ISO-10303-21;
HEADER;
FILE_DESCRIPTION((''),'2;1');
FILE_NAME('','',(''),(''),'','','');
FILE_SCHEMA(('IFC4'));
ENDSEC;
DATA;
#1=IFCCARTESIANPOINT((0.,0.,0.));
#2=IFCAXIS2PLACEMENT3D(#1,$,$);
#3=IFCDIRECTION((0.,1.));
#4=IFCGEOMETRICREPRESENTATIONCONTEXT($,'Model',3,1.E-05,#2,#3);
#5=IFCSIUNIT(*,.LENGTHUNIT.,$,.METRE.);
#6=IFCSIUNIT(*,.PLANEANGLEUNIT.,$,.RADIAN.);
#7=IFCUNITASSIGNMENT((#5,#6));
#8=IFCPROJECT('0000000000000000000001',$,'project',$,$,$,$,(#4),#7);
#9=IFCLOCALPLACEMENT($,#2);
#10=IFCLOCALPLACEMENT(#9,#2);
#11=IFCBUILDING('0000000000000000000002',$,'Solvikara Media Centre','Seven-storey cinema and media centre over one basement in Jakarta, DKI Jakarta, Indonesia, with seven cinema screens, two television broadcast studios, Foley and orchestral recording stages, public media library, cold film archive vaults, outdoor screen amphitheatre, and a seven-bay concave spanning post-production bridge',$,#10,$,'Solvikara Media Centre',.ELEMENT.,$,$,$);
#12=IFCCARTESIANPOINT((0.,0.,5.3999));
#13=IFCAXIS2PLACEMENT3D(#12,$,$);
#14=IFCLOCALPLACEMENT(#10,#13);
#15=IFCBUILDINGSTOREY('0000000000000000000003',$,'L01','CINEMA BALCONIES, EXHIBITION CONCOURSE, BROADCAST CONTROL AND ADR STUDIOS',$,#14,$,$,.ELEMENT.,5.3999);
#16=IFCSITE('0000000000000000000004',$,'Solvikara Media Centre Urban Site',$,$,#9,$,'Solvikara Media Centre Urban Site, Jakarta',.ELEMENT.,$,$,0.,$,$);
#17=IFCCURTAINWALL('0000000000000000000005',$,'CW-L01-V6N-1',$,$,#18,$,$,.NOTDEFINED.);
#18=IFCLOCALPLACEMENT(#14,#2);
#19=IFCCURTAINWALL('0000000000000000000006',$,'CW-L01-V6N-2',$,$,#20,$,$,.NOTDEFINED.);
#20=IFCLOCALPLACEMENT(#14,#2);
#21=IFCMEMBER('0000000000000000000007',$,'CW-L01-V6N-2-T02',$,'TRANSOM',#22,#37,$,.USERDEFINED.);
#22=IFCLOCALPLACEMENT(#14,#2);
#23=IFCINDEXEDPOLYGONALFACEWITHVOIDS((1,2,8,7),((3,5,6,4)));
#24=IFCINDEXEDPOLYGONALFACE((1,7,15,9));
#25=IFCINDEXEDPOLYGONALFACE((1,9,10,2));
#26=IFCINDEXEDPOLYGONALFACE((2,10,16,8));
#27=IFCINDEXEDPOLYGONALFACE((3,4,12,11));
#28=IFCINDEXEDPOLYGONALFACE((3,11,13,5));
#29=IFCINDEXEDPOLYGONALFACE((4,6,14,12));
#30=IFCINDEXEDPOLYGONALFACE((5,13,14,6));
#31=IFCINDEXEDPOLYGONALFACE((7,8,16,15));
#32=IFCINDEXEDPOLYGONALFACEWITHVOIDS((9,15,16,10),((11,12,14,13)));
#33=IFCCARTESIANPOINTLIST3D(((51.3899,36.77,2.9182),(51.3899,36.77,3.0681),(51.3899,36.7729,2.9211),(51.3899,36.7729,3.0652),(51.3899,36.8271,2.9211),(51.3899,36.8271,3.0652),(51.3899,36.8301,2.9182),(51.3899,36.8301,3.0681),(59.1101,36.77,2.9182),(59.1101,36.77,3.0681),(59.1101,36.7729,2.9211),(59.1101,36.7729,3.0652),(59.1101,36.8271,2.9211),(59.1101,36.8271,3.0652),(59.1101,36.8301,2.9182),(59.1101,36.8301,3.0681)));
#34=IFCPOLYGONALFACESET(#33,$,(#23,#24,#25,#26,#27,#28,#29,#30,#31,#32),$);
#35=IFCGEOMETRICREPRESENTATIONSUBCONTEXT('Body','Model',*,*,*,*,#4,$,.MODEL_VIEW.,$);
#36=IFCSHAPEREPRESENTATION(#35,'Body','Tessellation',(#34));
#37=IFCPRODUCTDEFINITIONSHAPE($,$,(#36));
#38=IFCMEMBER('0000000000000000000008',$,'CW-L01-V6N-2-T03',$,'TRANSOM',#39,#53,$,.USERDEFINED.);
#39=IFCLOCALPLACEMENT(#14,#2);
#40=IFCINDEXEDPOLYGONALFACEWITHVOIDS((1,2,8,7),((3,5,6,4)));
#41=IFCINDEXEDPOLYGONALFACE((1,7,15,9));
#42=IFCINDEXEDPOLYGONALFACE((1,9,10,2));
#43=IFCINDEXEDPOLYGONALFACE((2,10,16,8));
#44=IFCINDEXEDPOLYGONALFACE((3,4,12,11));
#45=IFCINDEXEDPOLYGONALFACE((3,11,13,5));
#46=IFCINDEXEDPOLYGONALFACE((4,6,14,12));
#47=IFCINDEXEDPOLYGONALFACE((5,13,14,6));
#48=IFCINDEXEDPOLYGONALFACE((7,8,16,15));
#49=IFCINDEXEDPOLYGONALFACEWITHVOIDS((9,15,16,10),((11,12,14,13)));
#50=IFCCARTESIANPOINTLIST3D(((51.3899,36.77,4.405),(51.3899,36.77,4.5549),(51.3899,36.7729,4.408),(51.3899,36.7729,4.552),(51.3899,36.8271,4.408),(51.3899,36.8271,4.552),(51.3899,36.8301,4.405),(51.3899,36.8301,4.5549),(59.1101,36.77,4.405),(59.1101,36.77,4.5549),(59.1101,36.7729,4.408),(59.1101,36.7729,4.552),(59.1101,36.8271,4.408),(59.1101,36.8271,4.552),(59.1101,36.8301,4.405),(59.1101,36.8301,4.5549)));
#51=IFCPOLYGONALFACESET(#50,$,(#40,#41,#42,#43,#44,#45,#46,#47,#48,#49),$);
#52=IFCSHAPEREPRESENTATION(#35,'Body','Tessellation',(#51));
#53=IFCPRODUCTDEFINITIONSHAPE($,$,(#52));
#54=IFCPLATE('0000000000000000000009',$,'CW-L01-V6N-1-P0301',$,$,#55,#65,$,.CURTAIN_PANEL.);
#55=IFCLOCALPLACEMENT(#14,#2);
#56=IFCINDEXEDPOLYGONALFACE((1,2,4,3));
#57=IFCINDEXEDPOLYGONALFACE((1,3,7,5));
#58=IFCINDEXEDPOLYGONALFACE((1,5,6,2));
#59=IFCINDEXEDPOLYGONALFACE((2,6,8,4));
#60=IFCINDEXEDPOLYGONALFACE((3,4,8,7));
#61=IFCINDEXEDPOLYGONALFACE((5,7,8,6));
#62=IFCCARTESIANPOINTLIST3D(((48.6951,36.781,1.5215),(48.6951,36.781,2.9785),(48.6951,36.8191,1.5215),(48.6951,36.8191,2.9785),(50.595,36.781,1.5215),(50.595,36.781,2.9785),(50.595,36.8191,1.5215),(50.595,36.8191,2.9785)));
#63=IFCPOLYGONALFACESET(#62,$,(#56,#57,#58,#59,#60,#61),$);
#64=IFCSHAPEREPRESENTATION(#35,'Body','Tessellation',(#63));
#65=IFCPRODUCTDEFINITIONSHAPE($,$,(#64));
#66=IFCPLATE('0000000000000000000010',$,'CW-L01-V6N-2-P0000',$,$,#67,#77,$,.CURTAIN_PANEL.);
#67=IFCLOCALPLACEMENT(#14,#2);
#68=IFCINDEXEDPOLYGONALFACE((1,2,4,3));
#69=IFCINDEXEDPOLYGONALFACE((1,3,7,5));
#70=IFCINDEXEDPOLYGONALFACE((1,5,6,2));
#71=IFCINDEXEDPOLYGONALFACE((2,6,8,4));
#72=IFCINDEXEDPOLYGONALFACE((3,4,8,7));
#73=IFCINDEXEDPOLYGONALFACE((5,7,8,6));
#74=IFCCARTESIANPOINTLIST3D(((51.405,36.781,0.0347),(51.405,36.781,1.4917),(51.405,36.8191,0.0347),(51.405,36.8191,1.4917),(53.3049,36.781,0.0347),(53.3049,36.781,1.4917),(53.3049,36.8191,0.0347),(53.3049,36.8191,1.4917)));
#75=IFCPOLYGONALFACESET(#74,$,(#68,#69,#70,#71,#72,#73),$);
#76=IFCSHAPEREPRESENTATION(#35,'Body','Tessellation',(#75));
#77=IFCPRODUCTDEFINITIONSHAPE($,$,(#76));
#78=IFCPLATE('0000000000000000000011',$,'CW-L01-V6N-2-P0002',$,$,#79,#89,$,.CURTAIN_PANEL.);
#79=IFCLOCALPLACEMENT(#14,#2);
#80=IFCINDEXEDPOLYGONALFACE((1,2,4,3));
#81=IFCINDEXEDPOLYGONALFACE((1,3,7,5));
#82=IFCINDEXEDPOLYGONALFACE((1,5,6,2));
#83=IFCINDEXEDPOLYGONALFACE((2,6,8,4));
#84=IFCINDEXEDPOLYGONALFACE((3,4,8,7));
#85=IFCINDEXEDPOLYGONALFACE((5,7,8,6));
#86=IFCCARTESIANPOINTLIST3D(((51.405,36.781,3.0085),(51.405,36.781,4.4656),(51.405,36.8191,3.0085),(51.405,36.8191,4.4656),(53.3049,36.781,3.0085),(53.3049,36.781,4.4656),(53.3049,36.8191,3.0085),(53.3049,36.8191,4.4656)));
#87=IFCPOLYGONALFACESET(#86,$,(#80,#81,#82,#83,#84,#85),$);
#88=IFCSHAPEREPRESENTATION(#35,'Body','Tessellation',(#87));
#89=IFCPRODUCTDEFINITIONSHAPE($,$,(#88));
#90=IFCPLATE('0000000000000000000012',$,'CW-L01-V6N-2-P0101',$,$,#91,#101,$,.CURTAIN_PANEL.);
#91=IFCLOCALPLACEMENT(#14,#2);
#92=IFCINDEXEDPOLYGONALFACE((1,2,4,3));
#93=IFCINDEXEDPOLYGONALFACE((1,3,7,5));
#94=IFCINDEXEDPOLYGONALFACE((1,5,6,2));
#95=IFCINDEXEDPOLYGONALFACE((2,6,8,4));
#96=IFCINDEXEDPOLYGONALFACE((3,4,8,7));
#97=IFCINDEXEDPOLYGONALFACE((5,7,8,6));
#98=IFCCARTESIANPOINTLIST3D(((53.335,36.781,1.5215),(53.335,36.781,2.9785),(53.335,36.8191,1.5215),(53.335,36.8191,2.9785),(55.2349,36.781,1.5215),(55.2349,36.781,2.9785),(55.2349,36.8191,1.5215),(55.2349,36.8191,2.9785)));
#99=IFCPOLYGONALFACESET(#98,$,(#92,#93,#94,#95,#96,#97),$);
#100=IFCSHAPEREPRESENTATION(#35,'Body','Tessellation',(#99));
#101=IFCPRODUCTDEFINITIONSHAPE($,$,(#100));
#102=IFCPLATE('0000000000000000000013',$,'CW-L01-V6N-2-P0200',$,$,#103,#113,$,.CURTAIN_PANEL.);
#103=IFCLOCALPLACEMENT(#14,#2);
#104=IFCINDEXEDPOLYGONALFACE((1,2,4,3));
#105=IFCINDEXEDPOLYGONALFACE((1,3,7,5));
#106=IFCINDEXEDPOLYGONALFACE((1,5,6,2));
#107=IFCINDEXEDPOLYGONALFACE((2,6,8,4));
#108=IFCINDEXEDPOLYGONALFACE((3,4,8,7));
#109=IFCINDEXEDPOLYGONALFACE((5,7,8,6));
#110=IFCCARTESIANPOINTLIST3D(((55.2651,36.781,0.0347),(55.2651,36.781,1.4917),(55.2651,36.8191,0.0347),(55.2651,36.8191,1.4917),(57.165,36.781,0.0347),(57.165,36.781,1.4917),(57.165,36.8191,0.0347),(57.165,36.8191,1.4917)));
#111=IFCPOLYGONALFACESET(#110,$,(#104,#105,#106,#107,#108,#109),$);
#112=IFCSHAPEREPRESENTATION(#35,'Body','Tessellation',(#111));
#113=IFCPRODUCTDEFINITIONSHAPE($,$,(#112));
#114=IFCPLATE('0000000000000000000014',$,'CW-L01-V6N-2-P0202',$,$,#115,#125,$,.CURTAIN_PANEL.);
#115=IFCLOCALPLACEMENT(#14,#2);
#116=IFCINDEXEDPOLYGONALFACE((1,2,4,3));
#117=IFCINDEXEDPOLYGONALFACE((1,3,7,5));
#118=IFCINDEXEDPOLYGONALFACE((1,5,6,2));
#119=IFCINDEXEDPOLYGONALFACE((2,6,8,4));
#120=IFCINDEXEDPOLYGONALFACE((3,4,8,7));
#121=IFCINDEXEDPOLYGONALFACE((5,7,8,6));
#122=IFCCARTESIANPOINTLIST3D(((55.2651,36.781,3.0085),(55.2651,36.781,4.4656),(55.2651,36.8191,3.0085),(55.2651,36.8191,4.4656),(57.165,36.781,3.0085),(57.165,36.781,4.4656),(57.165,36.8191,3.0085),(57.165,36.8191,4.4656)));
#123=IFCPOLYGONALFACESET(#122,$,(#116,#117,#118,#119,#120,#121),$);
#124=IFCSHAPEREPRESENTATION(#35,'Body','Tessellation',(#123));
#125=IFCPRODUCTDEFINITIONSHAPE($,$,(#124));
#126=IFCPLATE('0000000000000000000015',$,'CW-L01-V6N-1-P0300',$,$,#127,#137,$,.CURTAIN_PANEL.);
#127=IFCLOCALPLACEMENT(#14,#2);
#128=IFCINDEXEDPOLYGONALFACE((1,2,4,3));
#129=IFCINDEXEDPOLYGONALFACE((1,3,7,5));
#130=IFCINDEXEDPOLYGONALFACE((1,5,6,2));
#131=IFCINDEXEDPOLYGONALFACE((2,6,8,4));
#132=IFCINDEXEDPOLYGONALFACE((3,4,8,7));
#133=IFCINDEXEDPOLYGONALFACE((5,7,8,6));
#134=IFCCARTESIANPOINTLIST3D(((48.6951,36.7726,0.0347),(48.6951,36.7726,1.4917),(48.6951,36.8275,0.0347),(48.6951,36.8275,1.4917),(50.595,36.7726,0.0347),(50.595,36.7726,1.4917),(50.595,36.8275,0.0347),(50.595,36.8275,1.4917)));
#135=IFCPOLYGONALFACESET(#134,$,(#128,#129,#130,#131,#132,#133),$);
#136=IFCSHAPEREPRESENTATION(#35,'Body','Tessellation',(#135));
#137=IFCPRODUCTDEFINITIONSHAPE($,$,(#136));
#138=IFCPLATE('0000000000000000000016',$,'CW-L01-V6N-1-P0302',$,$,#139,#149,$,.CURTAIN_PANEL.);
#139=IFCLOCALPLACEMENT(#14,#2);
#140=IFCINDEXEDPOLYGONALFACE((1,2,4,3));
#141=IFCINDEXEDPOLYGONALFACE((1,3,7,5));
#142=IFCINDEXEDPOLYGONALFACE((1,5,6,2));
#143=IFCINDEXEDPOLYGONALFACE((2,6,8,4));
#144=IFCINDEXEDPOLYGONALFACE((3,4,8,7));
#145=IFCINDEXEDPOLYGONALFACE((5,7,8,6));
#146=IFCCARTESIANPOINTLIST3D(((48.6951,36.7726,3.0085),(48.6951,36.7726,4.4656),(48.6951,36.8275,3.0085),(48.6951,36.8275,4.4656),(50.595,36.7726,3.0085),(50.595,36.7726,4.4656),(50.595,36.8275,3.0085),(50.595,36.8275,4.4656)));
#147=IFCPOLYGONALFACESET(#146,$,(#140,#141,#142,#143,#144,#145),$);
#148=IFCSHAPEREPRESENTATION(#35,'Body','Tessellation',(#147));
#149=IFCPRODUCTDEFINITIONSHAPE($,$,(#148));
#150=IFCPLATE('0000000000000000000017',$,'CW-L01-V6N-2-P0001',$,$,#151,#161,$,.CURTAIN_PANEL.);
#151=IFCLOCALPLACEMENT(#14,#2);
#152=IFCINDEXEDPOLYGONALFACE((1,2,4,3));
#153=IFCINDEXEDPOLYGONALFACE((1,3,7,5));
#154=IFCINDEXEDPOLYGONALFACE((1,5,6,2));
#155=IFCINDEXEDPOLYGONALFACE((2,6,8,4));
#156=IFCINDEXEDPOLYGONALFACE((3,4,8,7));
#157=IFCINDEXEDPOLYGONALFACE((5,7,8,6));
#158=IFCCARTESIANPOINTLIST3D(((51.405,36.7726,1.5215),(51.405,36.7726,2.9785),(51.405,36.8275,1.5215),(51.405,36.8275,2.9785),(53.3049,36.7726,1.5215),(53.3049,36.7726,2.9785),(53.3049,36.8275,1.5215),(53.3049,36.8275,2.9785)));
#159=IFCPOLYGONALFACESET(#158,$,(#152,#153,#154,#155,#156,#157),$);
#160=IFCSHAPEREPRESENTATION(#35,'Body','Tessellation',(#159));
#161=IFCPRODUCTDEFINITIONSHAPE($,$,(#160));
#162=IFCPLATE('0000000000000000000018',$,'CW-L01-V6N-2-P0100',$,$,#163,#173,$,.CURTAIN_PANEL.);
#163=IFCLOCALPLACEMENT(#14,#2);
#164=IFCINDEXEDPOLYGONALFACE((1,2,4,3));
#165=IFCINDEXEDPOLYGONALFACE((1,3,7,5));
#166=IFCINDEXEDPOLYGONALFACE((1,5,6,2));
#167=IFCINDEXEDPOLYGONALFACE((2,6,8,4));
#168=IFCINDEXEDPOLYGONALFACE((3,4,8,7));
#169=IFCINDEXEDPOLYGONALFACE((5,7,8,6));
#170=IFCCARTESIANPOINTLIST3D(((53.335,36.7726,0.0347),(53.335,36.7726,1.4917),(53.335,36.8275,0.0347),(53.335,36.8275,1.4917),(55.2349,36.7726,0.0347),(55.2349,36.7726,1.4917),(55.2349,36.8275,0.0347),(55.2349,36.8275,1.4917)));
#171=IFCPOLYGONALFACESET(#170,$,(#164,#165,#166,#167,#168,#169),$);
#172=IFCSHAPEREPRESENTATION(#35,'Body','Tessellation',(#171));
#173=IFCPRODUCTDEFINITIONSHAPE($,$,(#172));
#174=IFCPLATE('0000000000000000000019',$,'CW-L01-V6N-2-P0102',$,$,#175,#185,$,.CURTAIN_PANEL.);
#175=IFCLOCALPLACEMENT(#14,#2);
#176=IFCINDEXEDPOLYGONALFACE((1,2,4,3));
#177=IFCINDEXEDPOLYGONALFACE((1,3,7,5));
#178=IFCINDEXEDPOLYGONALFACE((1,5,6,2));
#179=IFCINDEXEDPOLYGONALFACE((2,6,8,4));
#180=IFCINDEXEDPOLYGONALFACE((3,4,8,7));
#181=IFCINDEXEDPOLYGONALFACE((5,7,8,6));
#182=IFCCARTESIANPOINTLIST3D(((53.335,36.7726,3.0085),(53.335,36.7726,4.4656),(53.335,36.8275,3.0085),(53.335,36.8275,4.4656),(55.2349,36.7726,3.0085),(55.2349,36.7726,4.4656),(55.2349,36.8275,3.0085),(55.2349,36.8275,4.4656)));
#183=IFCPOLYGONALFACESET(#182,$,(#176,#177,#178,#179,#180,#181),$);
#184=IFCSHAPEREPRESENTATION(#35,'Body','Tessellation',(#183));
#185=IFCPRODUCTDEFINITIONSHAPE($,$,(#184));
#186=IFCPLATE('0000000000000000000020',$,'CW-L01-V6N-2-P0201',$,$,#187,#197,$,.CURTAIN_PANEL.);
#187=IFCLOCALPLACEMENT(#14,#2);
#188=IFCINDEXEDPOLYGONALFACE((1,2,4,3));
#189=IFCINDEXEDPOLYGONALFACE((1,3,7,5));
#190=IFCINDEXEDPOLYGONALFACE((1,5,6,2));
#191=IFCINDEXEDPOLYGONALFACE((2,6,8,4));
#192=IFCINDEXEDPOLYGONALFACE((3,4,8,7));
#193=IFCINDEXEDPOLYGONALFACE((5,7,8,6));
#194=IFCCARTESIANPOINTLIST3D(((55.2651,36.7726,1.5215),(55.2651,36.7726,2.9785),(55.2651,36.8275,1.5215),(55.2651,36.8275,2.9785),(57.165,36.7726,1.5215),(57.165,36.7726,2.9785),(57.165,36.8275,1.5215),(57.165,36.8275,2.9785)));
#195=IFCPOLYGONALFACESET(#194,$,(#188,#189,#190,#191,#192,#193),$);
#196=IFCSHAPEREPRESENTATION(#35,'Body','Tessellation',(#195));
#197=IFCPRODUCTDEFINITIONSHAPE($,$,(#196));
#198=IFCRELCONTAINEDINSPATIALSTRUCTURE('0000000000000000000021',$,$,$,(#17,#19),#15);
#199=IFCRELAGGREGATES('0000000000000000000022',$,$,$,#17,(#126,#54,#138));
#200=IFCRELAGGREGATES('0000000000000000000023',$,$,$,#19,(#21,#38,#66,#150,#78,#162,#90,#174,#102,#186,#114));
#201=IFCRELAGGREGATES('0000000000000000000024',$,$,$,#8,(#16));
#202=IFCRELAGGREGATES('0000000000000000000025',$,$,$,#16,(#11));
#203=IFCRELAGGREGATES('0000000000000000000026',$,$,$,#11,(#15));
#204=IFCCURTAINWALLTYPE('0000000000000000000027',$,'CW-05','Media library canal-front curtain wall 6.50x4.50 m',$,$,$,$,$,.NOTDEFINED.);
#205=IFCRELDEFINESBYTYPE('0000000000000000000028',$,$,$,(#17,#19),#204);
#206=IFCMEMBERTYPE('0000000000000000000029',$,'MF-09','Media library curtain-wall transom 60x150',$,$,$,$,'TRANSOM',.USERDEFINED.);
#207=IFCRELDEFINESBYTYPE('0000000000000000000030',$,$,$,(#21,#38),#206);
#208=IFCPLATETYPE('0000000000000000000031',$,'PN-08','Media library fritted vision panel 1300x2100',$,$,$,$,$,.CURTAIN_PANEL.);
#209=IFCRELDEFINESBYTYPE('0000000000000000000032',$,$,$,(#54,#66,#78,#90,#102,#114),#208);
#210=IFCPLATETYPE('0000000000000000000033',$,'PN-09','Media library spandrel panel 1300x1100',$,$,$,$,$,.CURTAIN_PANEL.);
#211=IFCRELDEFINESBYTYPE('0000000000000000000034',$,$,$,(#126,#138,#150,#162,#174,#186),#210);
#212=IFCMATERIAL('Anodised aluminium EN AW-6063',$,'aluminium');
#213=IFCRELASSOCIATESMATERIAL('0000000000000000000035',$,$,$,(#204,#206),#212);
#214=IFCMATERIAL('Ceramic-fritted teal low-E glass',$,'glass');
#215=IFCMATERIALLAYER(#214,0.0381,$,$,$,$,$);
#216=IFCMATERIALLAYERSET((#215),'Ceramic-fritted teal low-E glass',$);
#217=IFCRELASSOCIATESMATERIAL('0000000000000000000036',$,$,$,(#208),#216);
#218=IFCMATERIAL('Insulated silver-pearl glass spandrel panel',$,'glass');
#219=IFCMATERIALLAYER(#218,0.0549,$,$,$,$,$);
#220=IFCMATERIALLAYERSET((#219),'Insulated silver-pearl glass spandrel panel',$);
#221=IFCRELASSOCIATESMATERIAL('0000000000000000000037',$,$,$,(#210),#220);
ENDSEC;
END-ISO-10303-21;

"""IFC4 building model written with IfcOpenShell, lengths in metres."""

from ifc_helpers import new_model, si_unit, direction, frame, origin, origin_2d, place, context, subcontext, project, spatial, rectangle, hollow_rectangle, extrude, material, layer, layer_set, material_profile, profile_set, type_object, element, aggregate, save


model = new_model("IFC4")

# Units and contexts
model_context = context("Model", 3, precision=1e-05, world=origin(), true_north=direction((0.0, 1.0)))
body_context = subcontext(model_context, "Body", "Model", "MODEL_VIEW")
ifc_project = project(units=[si_unit("LENGTHUNIT", "METRE"), si_unit("PLANEANGLEUNIT", "RADIAN")], contexts=[model_context])

# Site, building, storey
site_placement = place(None, origin())
site = spatial("IfcSite", under=ifc_project, at=site_placement, Name="Solvikara Media Centre Urban Site", LongName="Solvikara Media Centre Urban Site, Jakarta", CompositionType="ELEMENT", RefElevation=0.0)
building_placement = place(site_placement, origin())
building = spatial("IfcBuilding", under=site, at=building_placement, Name="Solvikara Media Centre", Description="Seven-storey cinema and media centre over one basement in Jakarta, DKI Jakarta, Indonesia, with seven cinema screens, two television broadcast studios, Foley and orchestral recording stages, public media library, cold film archive vaults, outdoor screen amphitheatre, and a seven-bay concave spanning post-production bridge", LongName="Solvikara Media Centre", CompositionType="ELEMENT")
storey_placement = place(building_placement, frame((0.0, 0.0, 5.3999)))
storey = spatial("IfcBuildingStorey", under=building, at=storey_placement, Name="L01", Description="CINEMA BALCONIES, EXHIBITION CONCOURSE, BROADCAST CONTROL AND ADR STUDIOS", CompositionType="ELEMENT", Elevation=5.3999)

# Curtain wall
ifc_material_1 = material(Name="Anodised aluminium EN AW-6063", Category="aluminium")
curtain_wall_type = type_object("IfcCurtainWallType", Name="CW-05", Description="Media library canal-front curtain wall 6.50x4.50 m", PredefinedType="NOTDEFINED", material=ifc_material_1)
curtain_wall_1_placement = place(storey_placement, origin())
curtain_wall_1 = element("IfcCurtainWall", 1, at=curtain_wall_1_placement, inside=storey, type_object=curtain_wall_type, Name="CW-L01-V6N-1", PredefinedType="NOTDEFINED")

# Curtain wall, members
curtain_wall_2_placement = place(storey_placement, origin())
curtain_wall_2 = element("IfcCurtainWall", 2, at=curtain_wall_2_placement, inside=storey, type_object=curtain_wall_type, Name="CW-L01-V6N-2", PredefinedType="NOTDEFINED")
ifc_material_profile_1 = material_profile(ifc_material_1, hollow_rectangle(XDim=0.0601, YDim=0.1499, WallThickness=0.0029, at=origin_2d()), Name="ALU-T 60x150x3")
ifc_profile_set_1 = profile_set([ifc_material_profile_1], Name="Anodised aluminium EN AW-6063")
member_type_1 = type_object("IfcMemberType", Name="MF-09", Description="Media library curtain-wall transom 60x150", ElementType="TRANSOM", PredefinedType="USERDEFINED", material=ifc_profile_set_1)
member_1_placement = place(storey_placement, frame((51.3899, 36.8, 2.9932), z_axis=(1.0, 0.0, 0.0), x_axis=(0.0, 1.0, 0.0)))
member_1 = element("IfcMember", 3, at=member_1_placement, type_object=member_type_1, Name="CW-L01-V6N-2-T02", ObjectType="TRANSOM", PredefinedType="USERDEFINED", context=body_context, shape_type="SweptSolid", body=[
    extrude(hollow_rectangle(XDim=0.0601, YDim=0.1499, WallThickness=0.0029, at=origin_2d()), origin(), (0.0, 0.0, 1.0), 7.7202),
])
member_2_placement = place(storey_placement, frame((51.3899, 36.8, 4.48), z_axis=(1.0, 0.0, 0.0), x_axis=(0.0, 1.0, 0.0)))
member_2 = element("IfcMember", 4, at=member_2_placement, type_object=member_type_1, Name="CW-L01-V6N-2-T03", ObjectType="TRANSOM", PredefinedType="USERDEFINED", context=body_context, shape_type="SweptSolid", body=[
    extrude(hollow_rectangle(XDim=0.0601, YDim=0.1499, WallThickness=0.0029, at=origin_2d()), origin(), (0.0, 0.0, 1.0), 7.7202),
])

# Plates
ifc_material_2 = material(Name="Ceramic-fritted teal low-E glass", Category="glass")
ifc_layer_1 = layer(ifc_material_2, 0.0381)
ifc_layer_set_1 = layer_set([ifc_layer_1], Name="Ceramic-fritted teal low-E glass")
plate_type_1 = type_object("IfcPlateType", Name="PN-08", Description="Media library fritted vision panel 1300x2100", PredefinedType="CURTAIN_PANEL", material=ifc_layer_set_1)
plate_1_placement = place(storey_placement, frame((49.645, 36.8, 1.5215), z_axis=(0.0, 0.0, 1.0), x_axis=(1.0, 0.0, 0.0)))
plate_1 = element("IfcPlate", 5, at=plate_1_placement, type_object=plate_type_1, Name="CW-L01-V6N-1-P0301", PredefinedType="CURTAIN_PANEL", context=body_context, shape_type="SweptSolid", body=[
    extrude(rectangle(XDim=1.8999, YDim=0.0381, at=origin_2d()), origin(), (0.0, 0.0, 1.0), 1.457),
])
plate_2_placement = place(storey_placement, frame((52.355, 36.8, 0.0347), z_axis=(0.0, 0.0, 1.0), x_axis=(1.0, 0.0, 0.0)))
plate_2 = element("IfcPlate", 6, at=plate_2_placement, type_object=plate_type_1, Name="CW-L01-V6N-2-P0000", PredefinedType="CURTAIN_PANEL", context=body_context, shape_type="SweptSolid", body=[
    extrude(rectangle(XDim=1.8999, YDim=0.0381, at=origin_2d()), origin(), (0.0, 0.0, 1.0), 1.457),
])
plate_3_placement = place(storey_placement, frame((52.355, 36.8, 3.0085), z_axis=(0.0, 0.0, 1.0), x_axis=(1.0, 0.0, 0.0)))
plate_3 = element("IfcPlate", 7, at=plate_3_placement, type_object=plate_type_1, Name="CW-L01-V6N-2-P0002", PredefinedType="CURTAIN_PANEL", context=body_context, shape_type="SweptSolid", body=[
    extrude(rectangle(XDim=1.8999, YDim=0.0381, at=origin_2d()), origin(), (0.0, 0.0, 1.0), 1.457),
])
plate_4_placement = place(storey_placement, frame((54.2849, 36.8, 1.5215), z_axis=(0.0, 0.0, 1.0), x_axis=(1.0, 0.0, 0.0)))
plate_4 = element("IfcPlate", 8, at=plate_4_placement, type_object=plate_type_1, Name="CW-L01-V6N-2-P0101", PredefinedType="CURTAIN_PANEL", context=body_context, shape_type="SweptSolid", body=[
    extrude(rectangle(XDim=1.8999, YDim=0.0381, at=origin_2d()), origin(), (0.0, 0.0, 1.0), 1.457),
])
plate_5_placement = place(storey_placement, frame((56.2151, 36.8, 0.0347), z_axis=(0.0, 0.0, 1.0), x_axis=(1.0, 0.0, 0.0)))
plate_5 = element("IfcPlate", 9, at=plate_5_placement, type_object=plate_type_1, Name="CW-L01-V6N-2-P0200", PredefinedType="CURTAIN_PANEL", context=body_context, shape_type="SweptSolid", body=[
    extrude(rectangle(XDim=1.8999, YDim=0.0381, at=origin_2d()), origin(), (0.0, 0.0, 1.0), 1.457),
])
plate_6_placement = place(storey_placement, frame((56.2151, 36.8, 3.0085), z_axis=(0.0, 0.0, 1.0), x_axis=(1.0, 0.0, 0.0)))
plate_6 = element("IfcPlate", 10, at=plate_6_placement, type_object=plate_type_1, Name="CW-L01-V6N-2-P0202", PredefinedType="CURTAIN_PANEL", context=body_context, shape_type="SweptSolid", body=[
    extrude(rectangle(XDim=1.8999, YDim=0.0381, at=origin_2d()), origin(), (0.0, 0.0, 1.0), 1.457),
])
ifc_material_3 = material(Name="Insulated silver-pearl glass spandrel panel", Category="glass")
ifc_layer_2 = layer(ifc_material_3, 0.0549)
ifc_layer_set_2 = layer_set([ifc_layer_2], Name="Insulated silver-pearl glass spandrel panel")
plate_type_2 = type_object("IfcPlateType", Name="PN-09", Description="Media library spandrel panel 1300x1100", PredefinedType="CURTAIN_PANEL", material=ifc_layer_set_2)
plate_7_placement = place(storey_placement, frame((49.645, 36.8, 0.0347), z_axis=(0.0, 0.0, 1.0), x_axis=(1.0, 0.0, 0.0)))
plate_7 = element("IfcPlate", 11, at=plate_7_placement, type_object=plate_type_2, Name="CW-L01-V6N-1-P0300", PredefinedType="CURTAIN_PANEL", context=body_context, shape_type="SweptSolid", body=[
    extrude(rectangle(XDim=1.8999, YDim=0.0549, at=origin_2d()), origin(), (0.0, 0.0, 1.0), 1.457),
])
plate_8_placement = place(storey_placement, frame((49.645, 36.8, 3.0085), z_axis=(0.0, 0.0, 1.0), x_axis=(1.0, 0.0, 0.0)))
plate_8 = element("IfcPlate", 12, at=plate_8_placement, type_object=plate_type_2, Name="CW-L01-V6N-1-P0302", PredefinedType="CURTAIN_PANEL", context=body_context, shape_type="SweptSolid", body=[
    extrude(rectangle(XDim=1.8999, YDim=0.0549, at=origin_2d()), origin(), (0.0, 0.0, 1.0), 1.457),
])
aggregate(curtain_wall_1, [plate_7, plate_1, plate_8])
plate_9_placement = place(storey_placement, frame((52.355, 36.8, 1.5215), z_axis=(0.0, 0.0, 1.0), x_axis=(1.0, 0.0, 0.0)))
plate_9 = element("IfcPlate", 13, at=plate_9_placement, type_object=plate_type_2, Name="CW-L01-V6N-2-P0001", PredefinedType="CURTAIN_PANEL", context=body_context, shape_type="SweptSolid", body=[
    extrude(rectangle(XDim=1.8999, YDim=0.0549, at=origin_2d()), origin(), (0.0, 0.0, 1.0), 1.457),
])
plate_10_placement = place(storey_placement, frame((54.2849, 36.8, 0.0347), z_axis=(0.0, 0.0, 1.0), x_axis=(1.0, 0.0, 0.0)))
plate_10 = element("IfcPlate", 14, at=plate_10_placement, type_object=plate_type_2, Name="CW-L01-V6N-2-P0100", PredefinedType="CURTAIN_PANEL", context=body_context, shape_type="SweptSolid", body=[
    extrude(rectangle(XDim=1.8999, YDim=0.0549, at=origin_2d()), origin(), (0.0, 0.0, 1.0), 1.457),
])
plate_11_placement = place(storey_placement, frame((54.2849, 36.8, 3.0085), z_axis=(0.0, 0.0, 1.0), x_axis=(1.0, 0.0, 0.0)))
plate_11 = element("IfcPlate", 15, at=plate_11_placement, type_object=plate_type_2, Name="CW-L01-V6N-2-P0102", PredefinedType="CURTAIN_PANEL", context=body_context, shape_type="SweptSolid", body=[
    extrude(rectangle(XDim=1.8999, YDim=0.0549, at=origin_2d()), origin(), (0.0, 0.0, 1.0), 1.457),
])
plate_12_placement = place(storey_placement, frame((56.2151, 36.8, 1.5215), z_axis=(0.0, 0.0, 1.0), x_axis=(1.0, 0.0, 0.0)))
plate_12 = element("IfcPlate", 16, at=plate_12_placement, type_object=plate_type_2, Name="CW-L01-V6N-2-P0201", PredefinedType="CURTAIN_PANEL", context=body_context, shape_type="SweptSolid", body=[
    extrude(rectangle(XDim=1.8999, YDim=0.0549, at=origin_2d()), origin(), (0.0, 0.0, 1.0), 1.457),
])
aggregate(curtain_wall_2, [member_1, member_2, plate_2, plate_9, plate_3, plate_10, plate_4, plate_11, plate_5, plate_12, plate_6])

save(model, "model.ifc")
